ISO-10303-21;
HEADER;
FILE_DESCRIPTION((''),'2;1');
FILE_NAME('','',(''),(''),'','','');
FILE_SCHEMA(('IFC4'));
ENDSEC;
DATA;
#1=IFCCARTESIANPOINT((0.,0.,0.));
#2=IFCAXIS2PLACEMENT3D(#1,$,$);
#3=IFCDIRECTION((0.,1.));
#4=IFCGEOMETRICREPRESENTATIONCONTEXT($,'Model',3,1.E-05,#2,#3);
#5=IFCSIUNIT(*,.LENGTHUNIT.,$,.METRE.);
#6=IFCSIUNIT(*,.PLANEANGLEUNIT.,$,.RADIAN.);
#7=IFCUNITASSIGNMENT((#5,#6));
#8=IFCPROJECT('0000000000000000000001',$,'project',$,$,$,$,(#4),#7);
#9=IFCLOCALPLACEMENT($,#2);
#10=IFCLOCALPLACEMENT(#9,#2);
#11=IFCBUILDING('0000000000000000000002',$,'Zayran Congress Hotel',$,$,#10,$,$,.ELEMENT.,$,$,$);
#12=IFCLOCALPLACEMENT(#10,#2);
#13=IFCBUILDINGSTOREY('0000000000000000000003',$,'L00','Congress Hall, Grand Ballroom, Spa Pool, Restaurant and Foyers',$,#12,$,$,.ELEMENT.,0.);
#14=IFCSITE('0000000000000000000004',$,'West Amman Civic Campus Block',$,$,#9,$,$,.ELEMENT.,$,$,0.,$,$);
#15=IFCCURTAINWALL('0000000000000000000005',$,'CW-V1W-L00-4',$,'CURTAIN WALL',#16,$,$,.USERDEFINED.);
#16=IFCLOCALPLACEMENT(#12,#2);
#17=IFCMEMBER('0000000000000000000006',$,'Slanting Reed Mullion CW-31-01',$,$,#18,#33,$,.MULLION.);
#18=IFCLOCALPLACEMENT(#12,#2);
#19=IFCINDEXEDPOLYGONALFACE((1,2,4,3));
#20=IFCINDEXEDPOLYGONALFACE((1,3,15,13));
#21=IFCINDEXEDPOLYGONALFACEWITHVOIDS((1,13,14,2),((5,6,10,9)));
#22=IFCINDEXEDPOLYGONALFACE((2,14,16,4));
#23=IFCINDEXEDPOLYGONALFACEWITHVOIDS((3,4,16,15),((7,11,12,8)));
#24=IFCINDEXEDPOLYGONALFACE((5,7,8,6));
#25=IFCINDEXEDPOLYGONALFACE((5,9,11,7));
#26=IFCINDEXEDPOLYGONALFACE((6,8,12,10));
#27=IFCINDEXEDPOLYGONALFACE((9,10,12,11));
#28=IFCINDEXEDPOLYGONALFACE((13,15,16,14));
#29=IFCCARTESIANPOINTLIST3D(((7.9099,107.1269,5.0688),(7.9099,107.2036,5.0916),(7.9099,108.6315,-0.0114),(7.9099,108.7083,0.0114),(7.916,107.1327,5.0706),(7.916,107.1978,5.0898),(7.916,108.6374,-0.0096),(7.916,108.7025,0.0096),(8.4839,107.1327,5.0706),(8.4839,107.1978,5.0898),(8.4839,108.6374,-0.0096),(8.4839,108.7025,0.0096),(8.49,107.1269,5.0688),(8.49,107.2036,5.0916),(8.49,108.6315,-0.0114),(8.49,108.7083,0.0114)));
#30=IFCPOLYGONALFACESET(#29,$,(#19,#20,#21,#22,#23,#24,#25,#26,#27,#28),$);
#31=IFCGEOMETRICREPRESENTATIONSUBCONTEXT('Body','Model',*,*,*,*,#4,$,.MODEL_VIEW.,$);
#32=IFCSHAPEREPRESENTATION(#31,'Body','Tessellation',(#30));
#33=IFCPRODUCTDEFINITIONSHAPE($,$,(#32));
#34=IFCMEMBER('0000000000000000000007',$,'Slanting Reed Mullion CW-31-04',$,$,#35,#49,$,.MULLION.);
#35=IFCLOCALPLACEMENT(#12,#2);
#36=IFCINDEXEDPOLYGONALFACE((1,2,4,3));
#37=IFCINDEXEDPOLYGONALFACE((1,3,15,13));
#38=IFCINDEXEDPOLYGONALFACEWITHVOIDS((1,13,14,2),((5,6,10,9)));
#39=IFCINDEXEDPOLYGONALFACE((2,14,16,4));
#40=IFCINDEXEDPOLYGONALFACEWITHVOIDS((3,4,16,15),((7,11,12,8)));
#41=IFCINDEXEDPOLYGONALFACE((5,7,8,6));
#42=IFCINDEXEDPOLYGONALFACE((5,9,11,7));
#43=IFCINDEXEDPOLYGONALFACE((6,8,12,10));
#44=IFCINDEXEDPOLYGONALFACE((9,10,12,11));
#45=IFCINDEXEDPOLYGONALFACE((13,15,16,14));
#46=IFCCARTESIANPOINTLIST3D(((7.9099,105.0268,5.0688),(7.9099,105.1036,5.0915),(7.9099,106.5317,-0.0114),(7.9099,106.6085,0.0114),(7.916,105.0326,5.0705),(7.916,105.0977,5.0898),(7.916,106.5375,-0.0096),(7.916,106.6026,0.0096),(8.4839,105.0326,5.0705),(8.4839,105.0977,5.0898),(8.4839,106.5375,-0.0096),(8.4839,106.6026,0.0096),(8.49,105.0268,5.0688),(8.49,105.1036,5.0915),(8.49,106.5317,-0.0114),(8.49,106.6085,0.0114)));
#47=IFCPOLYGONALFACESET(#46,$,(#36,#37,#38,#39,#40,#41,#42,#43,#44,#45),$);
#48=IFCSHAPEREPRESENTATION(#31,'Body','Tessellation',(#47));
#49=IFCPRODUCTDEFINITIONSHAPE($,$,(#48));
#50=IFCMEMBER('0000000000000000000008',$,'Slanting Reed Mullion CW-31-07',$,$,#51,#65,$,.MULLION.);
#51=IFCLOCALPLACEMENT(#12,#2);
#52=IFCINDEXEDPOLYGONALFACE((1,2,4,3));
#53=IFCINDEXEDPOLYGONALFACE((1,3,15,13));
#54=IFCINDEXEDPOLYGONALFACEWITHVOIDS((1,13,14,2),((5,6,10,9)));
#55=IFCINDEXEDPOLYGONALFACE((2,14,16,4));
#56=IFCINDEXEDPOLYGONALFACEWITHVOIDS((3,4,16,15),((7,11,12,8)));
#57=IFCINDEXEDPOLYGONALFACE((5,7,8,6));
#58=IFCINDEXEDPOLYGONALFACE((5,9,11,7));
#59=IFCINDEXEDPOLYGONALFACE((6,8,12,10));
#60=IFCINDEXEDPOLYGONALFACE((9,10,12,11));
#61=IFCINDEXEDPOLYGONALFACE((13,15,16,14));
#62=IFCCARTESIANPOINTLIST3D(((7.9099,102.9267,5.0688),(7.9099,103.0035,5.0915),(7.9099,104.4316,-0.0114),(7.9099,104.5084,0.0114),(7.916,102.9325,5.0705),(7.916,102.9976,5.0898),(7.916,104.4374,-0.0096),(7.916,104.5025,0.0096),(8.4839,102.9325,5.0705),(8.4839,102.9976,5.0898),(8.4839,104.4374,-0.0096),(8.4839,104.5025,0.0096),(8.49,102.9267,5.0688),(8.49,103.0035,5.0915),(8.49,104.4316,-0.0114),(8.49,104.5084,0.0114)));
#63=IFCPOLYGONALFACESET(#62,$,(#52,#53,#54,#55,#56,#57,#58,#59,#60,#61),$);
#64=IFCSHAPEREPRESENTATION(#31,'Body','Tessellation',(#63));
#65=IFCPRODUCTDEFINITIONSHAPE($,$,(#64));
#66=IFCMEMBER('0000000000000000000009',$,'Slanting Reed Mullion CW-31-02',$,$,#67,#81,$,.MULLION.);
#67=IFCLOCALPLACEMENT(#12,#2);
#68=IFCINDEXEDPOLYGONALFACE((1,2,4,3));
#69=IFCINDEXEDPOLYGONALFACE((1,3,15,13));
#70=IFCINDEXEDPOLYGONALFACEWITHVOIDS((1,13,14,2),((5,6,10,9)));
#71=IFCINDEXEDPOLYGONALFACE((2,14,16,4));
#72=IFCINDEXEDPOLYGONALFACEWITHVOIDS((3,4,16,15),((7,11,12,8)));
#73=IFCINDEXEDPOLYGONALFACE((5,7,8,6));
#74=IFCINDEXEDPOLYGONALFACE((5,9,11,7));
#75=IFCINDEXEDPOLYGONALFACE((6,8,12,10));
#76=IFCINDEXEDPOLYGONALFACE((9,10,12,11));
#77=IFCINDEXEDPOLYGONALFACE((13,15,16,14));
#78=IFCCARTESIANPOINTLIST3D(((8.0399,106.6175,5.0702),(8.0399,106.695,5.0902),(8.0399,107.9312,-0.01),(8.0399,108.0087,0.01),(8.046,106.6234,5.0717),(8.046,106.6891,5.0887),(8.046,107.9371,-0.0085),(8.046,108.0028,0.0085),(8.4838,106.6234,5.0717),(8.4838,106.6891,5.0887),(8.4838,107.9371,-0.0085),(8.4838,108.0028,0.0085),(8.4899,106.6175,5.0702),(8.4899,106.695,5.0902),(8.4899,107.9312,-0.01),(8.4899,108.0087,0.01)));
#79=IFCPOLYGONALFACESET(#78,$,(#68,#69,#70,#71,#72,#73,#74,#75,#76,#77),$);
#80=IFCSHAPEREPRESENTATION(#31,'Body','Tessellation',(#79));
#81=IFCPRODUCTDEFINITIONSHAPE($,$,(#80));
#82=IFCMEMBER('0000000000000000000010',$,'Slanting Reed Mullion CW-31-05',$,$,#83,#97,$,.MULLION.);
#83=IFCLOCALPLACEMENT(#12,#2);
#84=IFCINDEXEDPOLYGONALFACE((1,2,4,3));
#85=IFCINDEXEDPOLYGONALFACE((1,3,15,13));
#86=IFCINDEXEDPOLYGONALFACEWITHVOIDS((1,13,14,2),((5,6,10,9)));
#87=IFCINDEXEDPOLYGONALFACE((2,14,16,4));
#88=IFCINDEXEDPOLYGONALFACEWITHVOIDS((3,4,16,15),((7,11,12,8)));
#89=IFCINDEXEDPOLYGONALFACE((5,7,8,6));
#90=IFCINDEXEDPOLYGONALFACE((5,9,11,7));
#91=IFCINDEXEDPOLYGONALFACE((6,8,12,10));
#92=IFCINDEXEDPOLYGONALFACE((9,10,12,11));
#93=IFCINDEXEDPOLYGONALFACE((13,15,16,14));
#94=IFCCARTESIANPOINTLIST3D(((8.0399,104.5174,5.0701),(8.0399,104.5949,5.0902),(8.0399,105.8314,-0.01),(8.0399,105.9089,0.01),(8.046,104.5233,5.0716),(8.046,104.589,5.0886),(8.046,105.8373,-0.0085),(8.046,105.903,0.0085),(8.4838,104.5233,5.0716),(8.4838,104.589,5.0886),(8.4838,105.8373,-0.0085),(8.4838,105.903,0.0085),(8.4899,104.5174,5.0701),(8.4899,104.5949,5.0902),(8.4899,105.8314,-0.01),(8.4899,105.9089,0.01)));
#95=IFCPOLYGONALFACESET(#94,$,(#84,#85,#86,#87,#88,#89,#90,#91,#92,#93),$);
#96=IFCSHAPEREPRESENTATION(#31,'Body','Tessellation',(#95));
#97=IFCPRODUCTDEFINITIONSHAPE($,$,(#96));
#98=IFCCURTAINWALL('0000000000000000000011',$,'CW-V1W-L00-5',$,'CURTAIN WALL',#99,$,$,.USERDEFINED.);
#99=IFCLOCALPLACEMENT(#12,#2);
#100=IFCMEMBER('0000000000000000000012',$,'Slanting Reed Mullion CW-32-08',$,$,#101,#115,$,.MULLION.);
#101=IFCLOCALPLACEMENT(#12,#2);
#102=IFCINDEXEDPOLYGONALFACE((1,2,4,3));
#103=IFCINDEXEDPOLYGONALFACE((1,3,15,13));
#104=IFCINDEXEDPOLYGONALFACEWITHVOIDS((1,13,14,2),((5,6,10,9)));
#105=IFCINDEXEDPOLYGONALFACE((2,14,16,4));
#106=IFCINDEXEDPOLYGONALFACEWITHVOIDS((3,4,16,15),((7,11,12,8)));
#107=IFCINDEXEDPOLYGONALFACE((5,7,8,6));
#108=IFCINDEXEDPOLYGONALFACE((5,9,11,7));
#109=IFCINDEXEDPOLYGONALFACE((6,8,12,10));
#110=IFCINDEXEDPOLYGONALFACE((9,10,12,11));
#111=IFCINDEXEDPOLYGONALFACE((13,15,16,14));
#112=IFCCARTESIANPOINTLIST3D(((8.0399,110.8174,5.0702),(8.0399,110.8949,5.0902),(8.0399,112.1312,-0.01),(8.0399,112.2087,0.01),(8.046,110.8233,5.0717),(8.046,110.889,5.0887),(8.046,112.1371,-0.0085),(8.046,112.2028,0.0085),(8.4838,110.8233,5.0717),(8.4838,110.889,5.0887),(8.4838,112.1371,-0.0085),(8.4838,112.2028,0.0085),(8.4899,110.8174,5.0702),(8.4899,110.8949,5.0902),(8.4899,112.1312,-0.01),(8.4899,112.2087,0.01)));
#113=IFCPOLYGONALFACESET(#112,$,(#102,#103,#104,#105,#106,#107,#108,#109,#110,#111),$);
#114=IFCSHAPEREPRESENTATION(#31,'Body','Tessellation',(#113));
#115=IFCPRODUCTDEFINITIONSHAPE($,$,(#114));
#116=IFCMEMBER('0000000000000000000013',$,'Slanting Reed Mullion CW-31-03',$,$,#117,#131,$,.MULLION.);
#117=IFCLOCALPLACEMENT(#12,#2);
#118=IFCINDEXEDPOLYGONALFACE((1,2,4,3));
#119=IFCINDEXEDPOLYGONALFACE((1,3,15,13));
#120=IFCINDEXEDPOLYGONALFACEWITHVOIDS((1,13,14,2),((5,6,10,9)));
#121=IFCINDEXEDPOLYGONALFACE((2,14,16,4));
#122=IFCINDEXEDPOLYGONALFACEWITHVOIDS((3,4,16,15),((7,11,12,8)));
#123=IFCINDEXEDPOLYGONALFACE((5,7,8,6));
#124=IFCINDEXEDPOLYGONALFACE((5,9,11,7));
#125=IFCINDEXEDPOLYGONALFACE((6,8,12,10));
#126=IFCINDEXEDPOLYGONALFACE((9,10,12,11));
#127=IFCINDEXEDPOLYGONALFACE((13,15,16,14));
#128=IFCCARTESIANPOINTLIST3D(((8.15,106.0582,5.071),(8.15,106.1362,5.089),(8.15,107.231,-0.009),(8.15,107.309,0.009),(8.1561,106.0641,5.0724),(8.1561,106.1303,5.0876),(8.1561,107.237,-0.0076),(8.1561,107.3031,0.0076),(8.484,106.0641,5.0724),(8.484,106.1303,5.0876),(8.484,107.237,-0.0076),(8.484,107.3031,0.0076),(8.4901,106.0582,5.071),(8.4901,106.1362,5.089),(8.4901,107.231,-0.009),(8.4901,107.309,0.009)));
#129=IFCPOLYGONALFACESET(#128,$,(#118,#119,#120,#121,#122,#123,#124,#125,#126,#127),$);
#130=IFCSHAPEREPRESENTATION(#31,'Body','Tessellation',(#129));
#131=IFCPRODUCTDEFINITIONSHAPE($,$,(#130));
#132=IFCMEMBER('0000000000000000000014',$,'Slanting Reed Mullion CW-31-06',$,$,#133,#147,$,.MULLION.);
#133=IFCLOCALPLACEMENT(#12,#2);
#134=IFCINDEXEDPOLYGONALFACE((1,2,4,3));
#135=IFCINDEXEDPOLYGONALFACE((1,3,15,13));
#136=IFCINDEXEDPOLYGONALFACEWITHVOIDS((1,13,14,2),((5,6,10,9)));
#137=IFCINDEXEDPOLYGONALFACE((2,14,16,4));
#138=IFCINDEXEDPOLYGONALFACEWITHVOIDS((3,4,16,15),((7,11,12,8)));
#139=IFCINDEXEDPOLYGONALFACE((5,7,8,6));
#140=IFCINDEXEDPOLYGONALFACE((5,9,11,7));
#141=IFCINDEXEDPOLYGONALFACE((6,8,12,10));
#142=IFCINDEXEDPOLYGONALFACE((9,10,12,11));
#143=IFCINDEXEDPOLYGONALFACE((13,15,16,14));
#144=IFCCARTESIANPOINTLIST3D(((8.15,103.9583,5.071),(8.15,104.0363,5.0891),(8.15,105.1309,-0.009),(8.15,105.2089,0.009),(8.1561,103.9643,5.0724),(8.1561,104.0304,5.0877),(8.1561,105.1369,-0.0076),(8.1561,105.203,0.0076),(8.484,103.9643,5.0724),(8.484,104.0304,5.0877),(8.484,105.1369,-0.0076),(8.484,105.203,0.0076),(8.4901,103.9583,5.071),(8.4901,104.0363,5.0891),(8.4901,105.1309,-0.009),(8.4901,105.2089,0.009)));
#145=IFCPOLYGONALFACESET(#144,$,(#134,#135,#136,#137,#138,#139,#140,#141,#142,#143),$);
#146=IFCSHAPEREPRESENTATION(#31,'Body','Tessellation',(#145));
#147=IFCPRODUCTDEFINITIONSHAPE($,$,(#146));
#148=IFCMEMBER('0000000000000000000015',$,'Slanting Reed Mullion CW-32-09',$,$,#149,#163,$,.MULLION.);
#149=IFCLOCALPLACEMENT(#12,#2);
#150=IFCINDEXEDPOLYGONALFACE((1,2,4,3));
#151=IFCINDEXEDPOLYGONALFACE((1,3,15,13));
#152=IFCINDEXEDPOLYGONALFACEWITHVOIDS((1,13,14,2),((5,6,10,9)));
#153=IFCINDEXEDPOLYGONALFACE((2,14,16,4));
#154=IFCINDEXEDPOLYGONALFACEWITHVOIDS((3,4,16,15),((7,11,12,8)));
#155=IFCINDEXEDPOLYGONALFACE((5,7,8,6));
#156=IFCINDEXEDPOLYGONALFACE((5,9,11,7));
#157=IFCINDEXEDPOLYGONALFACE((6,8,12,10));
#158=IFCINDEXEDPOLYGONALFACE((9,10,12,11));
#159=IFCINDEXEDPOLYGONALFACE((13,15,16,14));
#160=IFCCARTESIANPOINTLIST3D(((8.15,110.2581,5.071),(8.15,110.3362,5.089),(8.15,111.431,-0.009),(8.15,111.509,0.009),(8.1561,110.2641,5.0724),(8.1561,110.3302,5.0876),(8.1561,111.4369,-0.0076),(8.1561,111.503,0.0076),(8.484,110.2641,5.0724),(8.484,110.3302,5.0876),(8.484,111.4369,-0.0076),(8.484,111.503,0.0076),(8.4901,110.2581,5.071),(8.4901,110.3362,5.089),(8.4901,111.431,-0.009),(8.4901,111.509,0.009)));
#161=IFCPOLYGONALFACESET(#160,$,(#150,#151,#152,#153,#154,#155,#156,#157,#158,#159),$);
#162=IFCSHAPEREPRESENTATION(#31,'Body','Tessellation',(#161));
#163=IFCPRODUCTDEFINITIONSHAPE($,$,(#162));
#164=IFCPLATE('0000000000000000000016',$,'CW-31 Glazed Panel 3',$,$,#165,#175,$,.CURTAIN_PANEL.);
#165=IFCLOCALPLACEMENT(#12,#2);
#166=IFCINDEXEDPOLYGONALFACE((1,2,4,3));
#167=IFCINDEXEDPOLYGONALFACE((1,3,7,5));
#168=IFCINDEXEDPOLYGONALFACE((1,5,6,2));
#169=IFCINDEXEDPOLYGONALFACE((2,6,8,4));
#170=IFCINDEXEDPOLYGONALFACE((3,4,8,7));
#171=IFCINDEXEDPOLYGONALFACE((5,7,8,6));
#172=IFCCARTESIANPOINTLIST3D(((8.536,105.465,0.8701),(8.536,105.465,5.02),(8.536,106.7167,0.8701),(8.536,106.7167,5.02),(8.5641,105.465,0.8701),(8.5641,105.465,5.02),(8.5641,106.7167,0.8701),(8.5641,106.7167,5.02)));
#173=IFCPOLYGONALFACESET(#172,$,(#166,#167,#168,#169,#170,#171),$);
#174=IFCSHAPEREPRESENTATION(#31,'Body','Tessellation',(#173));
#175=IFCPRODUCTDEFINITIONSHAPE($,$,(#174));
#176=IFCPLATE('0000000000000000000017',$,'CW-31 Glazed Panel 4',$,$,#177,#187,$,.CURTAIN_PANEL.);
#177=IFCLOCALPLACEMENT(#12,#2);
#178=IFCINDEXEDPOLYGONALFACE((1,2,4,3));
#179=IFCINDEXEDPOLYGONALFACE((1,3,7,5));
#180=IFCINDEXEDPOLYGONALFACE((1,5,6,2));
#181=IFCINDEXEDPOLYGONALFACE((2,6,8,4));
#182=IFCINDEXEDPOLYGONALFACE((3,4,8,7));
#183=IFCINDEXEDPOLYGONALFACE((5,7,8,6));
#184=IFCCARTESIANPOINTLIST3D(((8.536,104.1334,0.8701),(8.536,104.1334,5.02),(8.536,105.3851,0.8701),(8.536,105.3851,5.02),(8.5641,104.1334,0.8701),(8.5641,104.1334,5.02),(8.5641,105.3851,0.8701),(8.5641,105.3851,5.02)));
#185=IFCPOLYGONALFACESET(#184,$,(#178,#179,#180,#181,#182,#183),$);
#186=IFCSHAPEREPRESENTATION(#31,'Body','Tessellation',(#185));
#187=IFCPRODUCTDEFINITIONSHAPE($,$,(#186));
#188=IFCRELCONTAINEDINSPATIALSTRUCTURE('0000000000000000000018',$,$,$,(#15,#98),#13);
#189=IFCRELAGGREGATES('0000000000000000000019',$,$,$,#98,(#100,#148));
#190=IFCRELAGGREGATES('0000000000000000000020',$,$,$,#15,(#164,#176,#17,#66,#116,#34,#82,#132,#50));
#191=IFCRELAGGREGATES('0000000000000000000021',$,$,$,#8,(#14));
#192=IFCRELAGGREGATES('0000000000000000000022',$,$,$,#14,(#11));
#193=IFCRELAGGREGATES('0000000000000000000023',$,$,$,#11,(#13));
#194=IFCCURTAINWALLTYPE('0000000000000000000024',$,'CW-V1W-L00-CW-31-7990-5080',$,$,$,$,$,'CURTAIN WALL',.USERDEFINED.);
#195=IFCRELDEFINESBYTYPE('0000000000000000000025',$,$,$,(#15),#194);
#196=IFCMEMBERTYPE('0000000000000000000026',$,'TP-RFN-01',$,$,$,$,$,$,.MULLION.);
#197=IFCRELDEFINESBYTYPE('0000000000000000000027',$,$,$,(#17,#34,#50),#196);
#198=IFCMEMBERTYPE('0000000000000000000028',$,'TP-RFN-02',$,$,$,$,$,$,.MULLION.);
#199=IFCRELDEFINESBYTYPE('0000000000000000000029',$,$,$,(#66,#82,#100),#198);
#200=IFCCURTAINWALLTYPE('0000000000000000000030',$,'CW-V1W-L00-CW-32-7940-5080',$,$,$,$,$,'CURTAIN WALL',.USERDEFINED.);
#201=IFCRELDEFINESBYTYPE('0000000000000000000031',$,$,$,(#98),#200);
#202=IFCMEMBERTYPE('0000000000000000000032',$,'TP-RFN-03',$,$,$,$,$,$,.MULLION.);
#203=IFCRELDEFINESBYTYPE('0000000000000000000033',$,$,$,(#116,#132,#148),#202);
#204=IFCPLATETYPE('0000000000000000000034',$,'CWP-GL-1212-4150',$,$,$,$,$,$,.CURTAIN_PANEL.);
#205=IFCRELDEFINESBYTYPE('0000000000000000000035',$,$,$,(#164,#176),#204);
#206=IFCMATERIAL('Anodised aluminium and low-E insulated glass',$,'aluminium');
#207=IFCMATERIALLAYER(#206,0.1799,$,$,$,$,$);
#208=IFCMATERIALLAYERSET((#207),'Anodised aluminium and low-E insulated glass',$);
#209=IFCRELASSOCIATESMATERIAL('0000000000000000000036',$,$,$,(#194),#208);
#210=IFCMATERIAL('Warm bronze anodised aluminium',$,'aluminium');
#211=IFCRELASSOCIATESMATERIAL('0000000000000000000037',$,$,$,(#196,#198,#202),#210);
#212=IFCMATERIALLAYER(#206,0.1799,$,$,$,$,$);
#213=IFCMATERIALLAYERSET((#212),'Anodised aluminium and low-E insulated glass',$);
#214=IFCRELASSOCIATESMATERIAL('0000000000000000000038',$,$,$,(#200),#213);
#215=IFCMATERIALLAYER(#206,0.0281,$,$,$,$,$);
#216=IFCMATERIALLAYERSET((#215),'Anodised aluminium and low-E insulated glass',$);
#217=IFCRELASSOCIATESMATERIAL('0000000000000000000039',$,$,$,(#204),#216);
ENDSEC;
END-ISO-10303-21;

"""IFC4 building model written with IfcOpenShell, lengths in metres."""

from ifc_helpers import new_model, si_unit, direction, frame, origin, origin_2d, place, context, subcontext, project, spatial, rectangle, hollow_rectangle, extrude, material, layer, layer_set, material_profile, profile_set, type_object, element, aggregate, save


model = new_model("IFC4")

# Units and contexts
model_context = context("Model", 3, precision=1e-05, world=origin(), true_north=direction((0.0, 1.0)))
body_context = subcontext(model_context, "Body", "Model", "MODEL_VIEW")
ifc_project = project(units=[si_unit("LENGTHUNIT", "METRE"), si_unit("PLANEANGLEUNIT", "RADIAN")], contexts=[model_context])

# Site, building, storey
site_placement = place(None, origin())
site = spatial("IfcSite", under=ifc_project, at=site_placement, Name="West Amman Civic Campus Block", CompositionType="ELEMENT", RefElevation=0.0)
building_placement = place(site_placement, origin())
building = spatial("IfcBuilding", under=site, at=building_placement, Name="Zayran Congress Hotel", CompositionType="ELEMENT")
storey_placement = place(building_placement, origin())
storey = spatial("IfcBuildingStorey", under=building, at=storey_placement, Name="L00", Description="Congress Hall, Grand Ballroom, Spa Pool, Restaurant and Foyers", CompositionType="ELEMENT", Elevation=0.0)

# Curtain wall, members
ifc_material_1 = material(Name="Anodised aluminium and low-E insulated glass", Category="aluminium")
ifc_layer_1 = layer(ifc_material_1, 0.1799)
ifc_layer_set_1 = layer_set([ifc_layer_1], Name="Anodised aluminium and low-E insulated glass")
curtain_wall_type_1 = type_object("IfcCurtainWallType", Name="CW-V1W-L00-CW-31-7990-5080", ElementType="CURTAIN WALL", PredefinedType="USERDEFINED", material=ifc_layer_set_1)
curtain_wall_1_placement = place(storey_placement, origin())
curtain_wall_1 = element("IfcCurtainWall", 1, at=curtain_wall_1_placement, inside=storey, type_object=curtain_wall_type_1, Name="CW-V1W-L00-4", ObjectType="CURTAIN WALL", PredefinedType="USERDEFINED")
ifc_material_2 = material(Name="Warm bronze anodised aluminium", Category="aluminium")
ifc_material_profile_1 = material_profile(ifc_material_2, hollow_rectangle(XDim=0.0801, YDim=0.5801, WallThickness=0.0061, at=origin_2d()), Name="RHS 580x80x6")
ifc_profile_set_1 = profile_set([ifc_material_profile_1], Name="Warm bronze anodised aluminium")
member_type_1 = type_object("IfcMemberType", Name="TP-RFN-01", PredefinedType="MULLION", material=ifc_profile_set_1)
member_1_placement = place(storey_placement, frame((8.2, 108.6699, 0.0), z_axis=(0.0, -0.283989, 0.958827), x_axis=(0.0, 0.958827, 0.283989)))
member_1 = element("IfcMember", 2, at=member_1_placement, type_object=member_type_1, Name="Slanting Reed Mullion CW-31-01", PredefinedType="MULLION", context=body_context, shape_type="SweptSolid", body=[
    extrude(hollow_rectangle(XDim=0.0801, YDim=0.5801, WallThickness=0.0061, at=origin_2d()), origin(), (0.0, 0.0, 1.0), 5.2983),
])
member_2_placement = place(storey_placement, frame((8.2, 106.5701, 0.0), z_axis=(0.0, -0.284032, 0.958815), x_axis=(0.0, 0.958815, 0.284032)))
member_2 = element("IfcMember", 3, at=member_2_placement, type_object=member_type_1, Name="Slanting Reed Mullion CW-31-04", PredefinedType="MULLION", context=body_context, shape_type="SweptSolid", body=[
    extrude(hollow_rectangle(XDim=0.0801, YDim=0.5801, WallThickness=0.0061, at=origin_2d()), origin(), (0.0, 0.0, 1.0), 5.2983),
])
member_3_placement = place(storey_placement, frame((8.2, 104.47, 0.0), z_axis=(0.0, -0.284032, 0.958815), x_axis=(0.0, 0.958815, 0.284032)))
member_3 = element("IfcMember", 4, at=member_3_placement, type_object=member_type_1, Name="Slanting Reed Mullion CW-31-07", PredefinedType="MULLION", context=body_context, shape_type="SweptSolid", body=[
    extrude(hollow_rectangle(XDim=0.0801, YDim=0.5801, WallThickness=0.0061, at=origin_2d()), origin(), (0.0, 0.0, 1.0), 5.2983),
])
ifc_material_profile_2 = material_profile(ifc_material_2, hollow_rectangle(XDim=0.0801, YDim=0.45, WallThickness=0.0061, at=origin_2d()), Name="RHS 450x80x6")
ifc_profile_set_2 = profile_set([ifc_material_profile_2], Name="Warm bronze anodised aluminium")
member_type_2 = type_object("IfcMemberType", Name="TP-RFN-02", PredefinedType="MULLION", material=ifc_profile_set_2)
member_4_placement = place(storey_placement, frame((8.2649, 107.97, 0.0), z_axis=(0.0, -0.250366, 0.968151), x_axis=(0.0, 0.968151, 0.250366)))
member_4 = element("IfcMember", 5, at=member_4_placement, type_object=member_type_2, Name="Slanting Reed Mullion CW-31-02", PredefinedType="MULLION", context=body_context, shape_type="SweptSolid", body=[
    extrude(hollow_rectangle(XDim=0.0801, YDim=0.45, WallThickness=0.0061, at=origin_2d()), origin(), (0.0, 0.0, 1.0), 5.2473),
])
member_5_placement = place(storey_placement, frame((8.2649, 105.8701, 0.0), z_axis=(0.0, -0.25041, 0.96814), x_axis=(0.0, 0.96814, 0.25041)))
member_5 = element("IfcMember", 6, at=member_5_placement, type_object=member_type_2, Name="Slanting Reed Mullion CW-31-05", PredefinedType="MULLION", context=body_context, shape_type="SweptSolid", body=[
    extrude(hollow_rectangle(XDim=0.0801, YDim=0.45, WallThickness=0.0061, at=origin_2d()), origin(), (0.0, 0.0, 1.0), 5.2473),
])

# Curtain wall, member
ifc_layer_2 = layer(ifc_material_1, 0.1799)
ifc_layer_set_2 = layer_set([ifc_layer_2], Name="Anodised aluminium and low-E insulated glass")
curtain_wall_type_2 = type_object("IfcCurtainWallType", Name="CW-V1W-L00-CW-32-7940-5080", ElementType="CURTAIN WALL", PredefinedType="USERDEFINED", material=ifc_layer_set_2)
curtain_wall_2_placement = place(storey_placement, origin())
curtain_wall_2 = element("IfcCurtainWall", 7, at=curtain_wall_2_placement, inside=storey, type_object=curtain_wall_type_2, Name="CW-V1W-L00-5", ObjectType="CURTAIN WALL", PredefinedType="USERDEFINED")
member_6_placement = place(storey_placement, frame((8.2649, 112.1699, 0.0), z_axis=(0.0, -0.250366, 0.968151), x_axis=(0.0, 0.968151, 0.250366)))
member_6 = element("IfcMember", 8, at=member_6_placement, type_object=member_type_2, Name="Slanting Reed Mullion CW-32-08", PredefinedType="MULLION", context=body_context, shape_type="SweptSolid", body=[
    extrude(hollow_rectangle(XDim=0.0801, YDim=0.45, WallThickness=0.0061, at=origin_2d()), origin(), (0.0, 0.0, 1.0), 5.2473),
])

# Members
ifc_material_profile_3 = material_profile(ifc_material_2, hollow_rectangle(XDim=0.0801, YDim=0.3401, WallThickness=0.0061, at=origin_2d()), Name="RHS 340x80x6")
ifc_profile_set_3 = profile_set([ifc_material_profile_3], Name="Warm bronze anodised aluminium")
member_type_3 = type_object("IfcMemberType", Name="TP-RFN-03", PredefinedType="MULLION", material=ifc_profile_set_3)
member_7_placement = place(storey_placement, frame((8.3201, 107.27, 0.0), z_axis=(0.0, -0.224955, 0.974369), x_axis=(0.0, 0.974369, 0.224955)))
member_7 = element("IfcMember", 9, at=member_7_placement, type_object=member_type_3, Name="Slanting Reed Mullion CW-31-03", PredefinedType="MULLION", context=body_context, shape_type="SweptSolid", body=[
    extrude(hollow_rectangle(XDim=0.0801, YDim=0.3401, WallThickness=0.0061, at=origin_2d()), origin(), (0.0, 0.0, 1.0), 5.2136),
])
member_8_placement = place(storey_placement, frame((8.3201, 105.1699, 0.0), z_axis=(0.0, -0.224911, 0.974379), x_axis=(0.0, 0.974379, 0.224911)))
member_8 = element("IfcMember", 10, at=member_8_placement, type_object=member_type_3, Name="Slanting Reed Mullion CW-31-06", PredefinedType="MULLION", context=body_context, shape_type="SweptSolid", body=[
    extrude(hollow_rectangle(XDim=0.0801, YDim=0.3401, WallThickness=0.0061, at=origin_2d()), origin(), (0.0, 0.0, 1.0), 5.2136),
])
member_9_placement = place(storey_placement, frame((8.3201, 111.47, 0.0), z_axis=(0.0, -0.224955, 0.974369), x_axis=(0.0, 0.974369, 0.224955)))
member_9 = element("IfcMember", 11, at=member_9_placement, type_object=member_type_3, Name="Slanting Reed Mullion CW-32-09", PredefinedType="MULLION", context=body_context, shape_type="SweptSolid", body=[
    extrude(hollow_rectangle(XDim=0.0801, YDim=0.3401, WallThickness=0.0061, at=origin_2d()), origin(), (0.0, 0.0, 1.0), 5.2136),
])
aggregate(curtain_wall_2, [member_6, member_9])

# Plates
ifc_layer_3 = layer(ifc_material_1, 0.0281)
ifc_layer_set_3 = layer_set([ifc_layer_3], Name="Anodised aluminium and low-E insulated glass")
plate_type_1 = type_object("IfcPlateType", Name="CWP-GL-1212-4150", PredefinedType="CURTAIN_PANEL", material=ifc_layer_set_3)
plate_1_placement = place(storey_placement, frame((8.55, 106.0908, 0.8701), z_axis=(0.0, 0.0, 1.0), x_axis=(0.0, 1.0, 0.0)))
plate_1 = element("IfcPlate", 12, at=plate_1_placement, type_object=plate_type_1, Name="CW-31 Glazed Panel 3", PredefinedType="CURTAIN_PANEL", context=body_context, shape_type="SweptSolid", body=[
    extrude(rectangle(XDim=1.2517, YDim=0.0281, at=origin_2d()), origin(), (0.0, 0.0, 1.0), 4.1499),
])
plate_2_placement = place(storey_placement, frame((8.55, 104.7593, 0.8701), z_axis=(0.0, 0.0, 1.0), x_axis=(0.0, 1.0, 0.0)))
plate_2 = element("IfcPlate", 13, at=plate_2_placement, type_object=plate_type_1, Name="CW-31 Glazed Panel 4", PredefinedType="CURTAIN_PANEL", context=body_context, shape_type="SweptSolid", body=[
    extrude(rectangle(XDim=1.2517, YDim=0.0281, at=origin_2d()), origin(), (0.0, 0.0, 1.0), 4.1499),
])
aggregate(curtain_wall_1, [plate_1, plate_2, member_1, member_4, member_7, member_2, member_5, member_8, member_3])

save(model, "model.ifc")
